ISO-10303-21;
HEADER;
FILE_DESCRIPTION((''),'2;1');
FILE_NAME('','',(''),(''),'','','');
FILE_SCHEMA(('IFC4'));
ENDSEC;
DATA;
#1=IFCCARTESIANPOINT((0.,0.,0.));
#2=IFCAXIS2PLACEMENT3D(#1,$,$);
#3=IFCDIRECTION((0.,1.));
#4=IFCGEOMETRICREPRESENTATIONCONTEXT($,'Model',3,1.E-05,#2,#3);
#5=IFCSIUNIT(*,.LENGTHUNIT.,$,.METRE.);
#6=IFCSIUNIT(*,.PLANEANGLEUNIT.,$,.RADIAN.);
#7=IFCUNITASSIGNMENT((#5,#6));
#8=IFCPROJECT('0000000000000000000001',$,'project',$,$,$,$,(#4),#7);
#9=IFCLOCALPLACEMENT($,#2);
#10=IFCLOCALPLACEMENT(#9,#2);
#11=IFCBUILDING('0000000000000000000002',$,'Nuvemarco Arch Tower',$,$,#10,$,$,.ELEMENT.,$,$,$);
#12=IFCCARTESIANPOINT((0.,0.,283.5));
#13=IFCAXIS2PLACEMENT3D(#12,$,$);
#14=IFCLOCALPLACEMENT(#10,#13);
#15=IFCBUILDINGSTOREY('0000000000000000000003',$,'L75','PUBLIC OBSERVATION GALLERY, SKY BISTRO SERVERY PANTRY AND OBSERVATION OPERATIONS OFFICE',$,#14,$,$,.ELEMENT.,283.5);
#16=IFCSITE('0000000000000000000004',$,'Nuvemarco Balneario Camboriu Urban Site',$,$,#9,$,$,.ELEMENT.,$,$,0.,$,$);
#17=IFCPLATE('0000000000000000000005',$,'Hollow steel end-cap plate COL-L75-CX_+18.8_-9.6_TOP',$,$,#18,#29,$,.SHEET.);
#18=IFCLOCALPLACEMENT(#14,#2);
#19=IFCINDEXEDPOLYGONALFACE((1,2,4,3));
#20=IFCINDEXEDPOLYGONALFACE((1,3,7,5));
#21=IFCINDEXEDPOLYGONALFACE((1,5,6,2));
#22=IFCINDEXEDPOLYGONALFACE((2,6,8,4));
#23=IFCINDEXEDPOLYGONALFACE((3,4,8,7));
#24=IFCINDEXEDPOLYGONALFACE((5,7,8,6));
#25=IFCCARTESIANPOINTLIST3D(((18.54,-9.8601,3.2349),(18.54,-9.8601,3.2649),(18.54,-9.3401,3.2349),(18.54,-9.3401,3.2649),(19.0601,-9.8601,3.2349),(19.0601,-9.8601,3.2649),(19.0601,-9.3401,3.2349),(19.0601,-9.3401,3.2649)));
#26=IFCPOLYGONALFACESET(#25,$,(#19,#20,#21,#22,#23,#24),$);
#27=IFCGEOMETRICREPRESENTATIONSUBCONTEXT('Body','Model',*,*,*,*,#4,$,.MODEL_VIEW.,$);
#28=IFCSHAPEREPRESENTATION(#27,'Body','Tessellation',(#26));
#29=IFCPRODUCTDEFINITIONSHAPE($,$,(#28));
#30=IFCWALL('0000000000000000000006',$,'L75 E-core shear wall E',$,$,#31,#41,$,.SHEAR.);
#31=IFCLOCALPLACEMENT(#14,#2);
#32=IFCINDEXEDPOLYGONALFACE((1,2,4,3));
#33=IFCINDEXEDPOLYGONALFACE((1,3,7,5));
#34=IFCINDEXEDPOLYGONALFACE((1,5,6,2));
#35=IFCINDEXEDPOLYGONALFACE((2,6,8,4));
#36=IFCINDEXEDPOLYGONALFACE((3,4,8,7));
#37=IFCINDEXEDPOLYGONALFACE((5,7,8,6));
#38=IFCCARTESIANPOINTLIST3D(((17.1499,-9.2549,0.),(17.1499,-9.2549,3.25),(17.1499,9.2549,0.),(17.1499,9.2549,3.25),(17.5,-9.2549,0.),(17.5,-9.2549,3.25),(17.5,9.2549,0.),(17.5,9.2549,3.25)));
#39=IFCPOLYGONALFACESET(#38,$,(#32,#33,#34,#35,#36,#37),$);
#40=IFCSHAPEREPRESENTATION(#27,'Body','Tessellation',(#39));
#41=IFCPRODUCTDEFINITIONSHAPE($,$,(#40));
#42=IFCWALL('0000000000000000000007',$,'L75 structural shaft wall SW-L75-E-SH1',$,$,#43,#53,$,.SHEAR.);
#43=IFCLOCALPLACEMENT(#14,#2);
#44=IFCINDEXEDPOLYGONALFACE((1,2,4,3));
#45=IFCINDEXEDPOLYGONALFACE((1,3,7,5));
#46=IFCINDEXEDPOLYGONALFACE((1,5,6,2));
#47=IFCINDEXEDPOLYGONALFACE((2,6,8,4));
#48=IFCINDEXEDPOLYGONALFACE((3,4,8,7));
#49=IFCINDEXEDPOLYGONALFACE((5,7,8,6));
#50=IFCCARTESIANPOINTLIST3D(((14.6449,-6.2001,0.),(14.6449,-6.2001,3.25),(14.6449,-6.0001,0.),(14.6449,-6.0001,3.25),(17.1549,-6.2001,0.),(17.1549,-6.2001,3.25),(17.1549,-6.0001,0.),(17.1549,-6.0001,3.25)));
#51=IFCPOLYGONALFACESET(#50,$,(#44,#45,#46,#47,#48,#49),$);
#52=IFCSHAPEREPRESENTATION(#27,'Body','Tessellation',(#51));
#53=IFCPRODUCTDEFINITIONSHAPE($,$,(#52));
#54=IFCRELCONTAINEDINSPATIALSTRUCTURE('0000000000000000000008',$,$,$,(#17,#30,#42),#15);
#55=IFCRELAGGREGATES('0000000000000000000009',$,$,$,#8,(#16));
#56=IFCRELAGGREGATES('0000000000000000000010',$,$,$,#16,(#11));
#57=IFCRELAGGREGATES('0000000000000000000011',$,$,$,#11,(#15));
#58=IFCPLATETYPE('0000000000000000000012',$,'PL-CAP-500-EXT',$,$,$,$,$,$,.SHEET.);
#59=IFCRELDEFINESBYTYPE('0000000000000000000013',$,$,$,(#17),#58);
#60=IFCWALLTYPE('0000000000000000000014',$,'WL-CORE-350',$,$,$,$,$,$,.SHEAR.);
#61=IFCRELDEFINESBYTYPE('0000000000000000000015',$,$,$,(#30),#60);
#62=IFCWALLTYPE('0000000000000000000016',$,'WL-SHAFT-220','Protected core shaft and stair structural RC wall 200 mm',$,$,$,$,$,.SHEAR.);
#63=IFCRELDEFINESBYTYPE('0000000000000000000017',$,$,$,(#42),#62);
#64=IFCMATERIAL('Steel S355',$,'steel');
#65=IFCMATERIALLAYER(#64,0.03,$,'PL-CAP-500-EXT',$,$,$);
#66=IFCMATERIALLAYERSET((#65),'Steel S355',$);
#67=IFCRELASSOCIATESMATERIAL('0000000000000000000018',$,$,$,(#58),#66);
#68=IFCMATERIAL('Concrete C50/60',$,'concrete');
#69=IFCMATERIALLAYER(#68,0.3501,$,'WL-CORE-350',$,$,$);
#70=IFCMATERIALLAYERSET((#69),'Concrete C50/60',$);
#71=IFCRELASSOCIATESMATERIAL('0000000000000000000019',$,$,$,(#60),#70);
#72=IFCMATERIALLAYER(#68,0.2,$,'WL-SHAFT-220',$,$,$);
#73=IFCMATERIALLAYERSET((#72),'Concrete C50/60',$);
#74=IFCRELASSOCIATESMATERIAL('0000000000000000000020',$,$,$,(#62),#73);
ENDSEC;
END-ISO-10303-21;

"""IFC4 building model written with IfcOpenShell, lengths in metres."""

from ifc_helpers import new_model, si_unit, direction, frame, frame_2d, origin, origin_2d, place, context, subcontext, project, spatial, rectangle, extrude, source, transform, mapped, material, layer, layer_set, type_object, type_shapes, element, save


model = new_model("IFC4")

# Units and contexts
model_context = context("Model", 3, precision=1e-05, world=origin(), true_north=direction((0.0, 1.0)))
body_context = subcontext(model_context, "Body", "Model", "MODEL_VIEW")
ifc_project = project(units=[si_unit("LENGTHUNIT", "METRE"), si_unit("PLANEANGLEUNIT", "RADIAN")], contexts=[model_context])

# Site, building, storey
site_placement = place(None, origin())
site = spatial("IfcSite", under=ifc_project, at=site_placement, Name="Nuvemarco Balneario Camboriu Urban Site", CompositionType="ELEMENT", RefElevation=0.0)
building_placement = place(site_placement, origin())
building = spatial("IfcBuilding", under=site, at=building_placement, Name="Nuvemarco Arch Tower", CompositionType="ELEMENT")
storey_placement = place(building_placement, frame((0.0, 0.0, 283.5)))
storey = spatial("IfcBuildingStorey", under=building, at=storey_placement, Name="L75", Description="PUBLIC OBSERVATION GALLERY, SKY BISTRO SERVERY PANTRY AND OBSERVATION OPERATIONS OFFICE", CompositionType="ELEMENT", Elevation=283.5)

# Shared definitions
ifc_material_1 = material(Name="Concrete C50/60", Category="concrete")
ifc_material_2 = material(Name="Steel S355", Category="steel")

# Plate
ifc_layer_1 = layer(ifc_material_2, 0.03, Name="PL-CAP-500-EXT")
ifc_layer_set_1 = layer_set([ifc_layer_1], Name="Steel S355")
plate_type_1 = type_object("IfcPlateType", Name="PL-CAP-500-EXT", PredefinedType="SHEET", material=ifc_layer_set_1)
shared_shape_1 = source(origin(), body_context, "Body", "SweptSolid", [
    extrude(rectangle(XDim=0.52, YDim=0.52, at=origin_2d()), origin(), (0.0, 0.0, 1.0), 0.03),
])
type_shapes(plate_type_1, [shared_shape_1])
plate_1_placement = place(storey_placement, frame((18.8, -9.6001, 3.2349), z_axis=(0.0, 0.0, 1.0), x_axis=(1.0, 0.0, 0.0)))
element("IfcPlate", 1, at=plate_1_placement, inside=storey, type_object=plate_type_1, Name="Hollow steel end-cap plate COL-L75-CX_+18.8_-9.6_TOP", PredefinedType="SHEET", context=body_context, shape_type="MappedRepresentation", body=[
    mapped(shared_shape_1, transform((0.0, 0.0, 0.0), scale=1.0)),
])

# Walls
ifc_layer_2 = layer(ifc_material_1, 0.3501, Name="WL-CORE-350")
ifc_layer_set_2 = layer_set([ifc_layer_2], Name="Concrete C50/60")
wall_type_1 = type_object("IfcWallType", Name="WL-CORE-350", PredefinedType="SHEAR", material=ifc_layer_set_2)
wall_1_placement = place(storey_placement, frame((17.325, -9.2549, 0.0), z_axis=(0.0, 0.0, 1.0), x_axis=(0.0, 1.0, 0.0)))
element("IfcWall", 2, at=wall_1_placement, inside=storey, type_object=wall_type_1, Name="L75 E-core shear wall E", PredefinedType="SHEAR", context=body_context, shape_type="SweptSolid", body=[
    extrude(rectangle(XDim=18.5098, YDim=0.3501, at=frame_2d((9.2549, 0.0))), origin(), (0.0, 0.0, 1.0), 3.25),
])
ifc_layer_3 = layer(ifc_material_1, 0.2, Name="WL-SHAFT-220")
ifc_layer_set_3 = layer_set([ifc_layer_3], Name="Concrete C50/60")
wall_type_2 = type_object("IfcWallType", Name="WL-SHAFT-220", Description="Protected core shaft and stair structural RC wall 200 mm", PredefinedType="SHEAR", material=ifc_layer_set_3)
wall_2_placement = place(storey_placement, frame((14.645, -6.1001, 0.0), z_axis=(0.0, 0.0, 1.0), x_axis=(1.0, 0.0, 0.0)))
element("IfcWall", 3, at=wall_2_placement, inside=storey, type_object=wall_type_2, Name="L75 structural shaft wall SW-L75-E-SH1", PredefinedType="SHEAR", context=body_context, shape_type="SweptSolid", body=[
    extrude(rectangle(XDim=2.51, YDim=0.2, at=frame_2d((1.2549, 0.0))), origin(), (0.0, 0.0, 1.0), 3.25),
])

save(model, "model.ifc")
